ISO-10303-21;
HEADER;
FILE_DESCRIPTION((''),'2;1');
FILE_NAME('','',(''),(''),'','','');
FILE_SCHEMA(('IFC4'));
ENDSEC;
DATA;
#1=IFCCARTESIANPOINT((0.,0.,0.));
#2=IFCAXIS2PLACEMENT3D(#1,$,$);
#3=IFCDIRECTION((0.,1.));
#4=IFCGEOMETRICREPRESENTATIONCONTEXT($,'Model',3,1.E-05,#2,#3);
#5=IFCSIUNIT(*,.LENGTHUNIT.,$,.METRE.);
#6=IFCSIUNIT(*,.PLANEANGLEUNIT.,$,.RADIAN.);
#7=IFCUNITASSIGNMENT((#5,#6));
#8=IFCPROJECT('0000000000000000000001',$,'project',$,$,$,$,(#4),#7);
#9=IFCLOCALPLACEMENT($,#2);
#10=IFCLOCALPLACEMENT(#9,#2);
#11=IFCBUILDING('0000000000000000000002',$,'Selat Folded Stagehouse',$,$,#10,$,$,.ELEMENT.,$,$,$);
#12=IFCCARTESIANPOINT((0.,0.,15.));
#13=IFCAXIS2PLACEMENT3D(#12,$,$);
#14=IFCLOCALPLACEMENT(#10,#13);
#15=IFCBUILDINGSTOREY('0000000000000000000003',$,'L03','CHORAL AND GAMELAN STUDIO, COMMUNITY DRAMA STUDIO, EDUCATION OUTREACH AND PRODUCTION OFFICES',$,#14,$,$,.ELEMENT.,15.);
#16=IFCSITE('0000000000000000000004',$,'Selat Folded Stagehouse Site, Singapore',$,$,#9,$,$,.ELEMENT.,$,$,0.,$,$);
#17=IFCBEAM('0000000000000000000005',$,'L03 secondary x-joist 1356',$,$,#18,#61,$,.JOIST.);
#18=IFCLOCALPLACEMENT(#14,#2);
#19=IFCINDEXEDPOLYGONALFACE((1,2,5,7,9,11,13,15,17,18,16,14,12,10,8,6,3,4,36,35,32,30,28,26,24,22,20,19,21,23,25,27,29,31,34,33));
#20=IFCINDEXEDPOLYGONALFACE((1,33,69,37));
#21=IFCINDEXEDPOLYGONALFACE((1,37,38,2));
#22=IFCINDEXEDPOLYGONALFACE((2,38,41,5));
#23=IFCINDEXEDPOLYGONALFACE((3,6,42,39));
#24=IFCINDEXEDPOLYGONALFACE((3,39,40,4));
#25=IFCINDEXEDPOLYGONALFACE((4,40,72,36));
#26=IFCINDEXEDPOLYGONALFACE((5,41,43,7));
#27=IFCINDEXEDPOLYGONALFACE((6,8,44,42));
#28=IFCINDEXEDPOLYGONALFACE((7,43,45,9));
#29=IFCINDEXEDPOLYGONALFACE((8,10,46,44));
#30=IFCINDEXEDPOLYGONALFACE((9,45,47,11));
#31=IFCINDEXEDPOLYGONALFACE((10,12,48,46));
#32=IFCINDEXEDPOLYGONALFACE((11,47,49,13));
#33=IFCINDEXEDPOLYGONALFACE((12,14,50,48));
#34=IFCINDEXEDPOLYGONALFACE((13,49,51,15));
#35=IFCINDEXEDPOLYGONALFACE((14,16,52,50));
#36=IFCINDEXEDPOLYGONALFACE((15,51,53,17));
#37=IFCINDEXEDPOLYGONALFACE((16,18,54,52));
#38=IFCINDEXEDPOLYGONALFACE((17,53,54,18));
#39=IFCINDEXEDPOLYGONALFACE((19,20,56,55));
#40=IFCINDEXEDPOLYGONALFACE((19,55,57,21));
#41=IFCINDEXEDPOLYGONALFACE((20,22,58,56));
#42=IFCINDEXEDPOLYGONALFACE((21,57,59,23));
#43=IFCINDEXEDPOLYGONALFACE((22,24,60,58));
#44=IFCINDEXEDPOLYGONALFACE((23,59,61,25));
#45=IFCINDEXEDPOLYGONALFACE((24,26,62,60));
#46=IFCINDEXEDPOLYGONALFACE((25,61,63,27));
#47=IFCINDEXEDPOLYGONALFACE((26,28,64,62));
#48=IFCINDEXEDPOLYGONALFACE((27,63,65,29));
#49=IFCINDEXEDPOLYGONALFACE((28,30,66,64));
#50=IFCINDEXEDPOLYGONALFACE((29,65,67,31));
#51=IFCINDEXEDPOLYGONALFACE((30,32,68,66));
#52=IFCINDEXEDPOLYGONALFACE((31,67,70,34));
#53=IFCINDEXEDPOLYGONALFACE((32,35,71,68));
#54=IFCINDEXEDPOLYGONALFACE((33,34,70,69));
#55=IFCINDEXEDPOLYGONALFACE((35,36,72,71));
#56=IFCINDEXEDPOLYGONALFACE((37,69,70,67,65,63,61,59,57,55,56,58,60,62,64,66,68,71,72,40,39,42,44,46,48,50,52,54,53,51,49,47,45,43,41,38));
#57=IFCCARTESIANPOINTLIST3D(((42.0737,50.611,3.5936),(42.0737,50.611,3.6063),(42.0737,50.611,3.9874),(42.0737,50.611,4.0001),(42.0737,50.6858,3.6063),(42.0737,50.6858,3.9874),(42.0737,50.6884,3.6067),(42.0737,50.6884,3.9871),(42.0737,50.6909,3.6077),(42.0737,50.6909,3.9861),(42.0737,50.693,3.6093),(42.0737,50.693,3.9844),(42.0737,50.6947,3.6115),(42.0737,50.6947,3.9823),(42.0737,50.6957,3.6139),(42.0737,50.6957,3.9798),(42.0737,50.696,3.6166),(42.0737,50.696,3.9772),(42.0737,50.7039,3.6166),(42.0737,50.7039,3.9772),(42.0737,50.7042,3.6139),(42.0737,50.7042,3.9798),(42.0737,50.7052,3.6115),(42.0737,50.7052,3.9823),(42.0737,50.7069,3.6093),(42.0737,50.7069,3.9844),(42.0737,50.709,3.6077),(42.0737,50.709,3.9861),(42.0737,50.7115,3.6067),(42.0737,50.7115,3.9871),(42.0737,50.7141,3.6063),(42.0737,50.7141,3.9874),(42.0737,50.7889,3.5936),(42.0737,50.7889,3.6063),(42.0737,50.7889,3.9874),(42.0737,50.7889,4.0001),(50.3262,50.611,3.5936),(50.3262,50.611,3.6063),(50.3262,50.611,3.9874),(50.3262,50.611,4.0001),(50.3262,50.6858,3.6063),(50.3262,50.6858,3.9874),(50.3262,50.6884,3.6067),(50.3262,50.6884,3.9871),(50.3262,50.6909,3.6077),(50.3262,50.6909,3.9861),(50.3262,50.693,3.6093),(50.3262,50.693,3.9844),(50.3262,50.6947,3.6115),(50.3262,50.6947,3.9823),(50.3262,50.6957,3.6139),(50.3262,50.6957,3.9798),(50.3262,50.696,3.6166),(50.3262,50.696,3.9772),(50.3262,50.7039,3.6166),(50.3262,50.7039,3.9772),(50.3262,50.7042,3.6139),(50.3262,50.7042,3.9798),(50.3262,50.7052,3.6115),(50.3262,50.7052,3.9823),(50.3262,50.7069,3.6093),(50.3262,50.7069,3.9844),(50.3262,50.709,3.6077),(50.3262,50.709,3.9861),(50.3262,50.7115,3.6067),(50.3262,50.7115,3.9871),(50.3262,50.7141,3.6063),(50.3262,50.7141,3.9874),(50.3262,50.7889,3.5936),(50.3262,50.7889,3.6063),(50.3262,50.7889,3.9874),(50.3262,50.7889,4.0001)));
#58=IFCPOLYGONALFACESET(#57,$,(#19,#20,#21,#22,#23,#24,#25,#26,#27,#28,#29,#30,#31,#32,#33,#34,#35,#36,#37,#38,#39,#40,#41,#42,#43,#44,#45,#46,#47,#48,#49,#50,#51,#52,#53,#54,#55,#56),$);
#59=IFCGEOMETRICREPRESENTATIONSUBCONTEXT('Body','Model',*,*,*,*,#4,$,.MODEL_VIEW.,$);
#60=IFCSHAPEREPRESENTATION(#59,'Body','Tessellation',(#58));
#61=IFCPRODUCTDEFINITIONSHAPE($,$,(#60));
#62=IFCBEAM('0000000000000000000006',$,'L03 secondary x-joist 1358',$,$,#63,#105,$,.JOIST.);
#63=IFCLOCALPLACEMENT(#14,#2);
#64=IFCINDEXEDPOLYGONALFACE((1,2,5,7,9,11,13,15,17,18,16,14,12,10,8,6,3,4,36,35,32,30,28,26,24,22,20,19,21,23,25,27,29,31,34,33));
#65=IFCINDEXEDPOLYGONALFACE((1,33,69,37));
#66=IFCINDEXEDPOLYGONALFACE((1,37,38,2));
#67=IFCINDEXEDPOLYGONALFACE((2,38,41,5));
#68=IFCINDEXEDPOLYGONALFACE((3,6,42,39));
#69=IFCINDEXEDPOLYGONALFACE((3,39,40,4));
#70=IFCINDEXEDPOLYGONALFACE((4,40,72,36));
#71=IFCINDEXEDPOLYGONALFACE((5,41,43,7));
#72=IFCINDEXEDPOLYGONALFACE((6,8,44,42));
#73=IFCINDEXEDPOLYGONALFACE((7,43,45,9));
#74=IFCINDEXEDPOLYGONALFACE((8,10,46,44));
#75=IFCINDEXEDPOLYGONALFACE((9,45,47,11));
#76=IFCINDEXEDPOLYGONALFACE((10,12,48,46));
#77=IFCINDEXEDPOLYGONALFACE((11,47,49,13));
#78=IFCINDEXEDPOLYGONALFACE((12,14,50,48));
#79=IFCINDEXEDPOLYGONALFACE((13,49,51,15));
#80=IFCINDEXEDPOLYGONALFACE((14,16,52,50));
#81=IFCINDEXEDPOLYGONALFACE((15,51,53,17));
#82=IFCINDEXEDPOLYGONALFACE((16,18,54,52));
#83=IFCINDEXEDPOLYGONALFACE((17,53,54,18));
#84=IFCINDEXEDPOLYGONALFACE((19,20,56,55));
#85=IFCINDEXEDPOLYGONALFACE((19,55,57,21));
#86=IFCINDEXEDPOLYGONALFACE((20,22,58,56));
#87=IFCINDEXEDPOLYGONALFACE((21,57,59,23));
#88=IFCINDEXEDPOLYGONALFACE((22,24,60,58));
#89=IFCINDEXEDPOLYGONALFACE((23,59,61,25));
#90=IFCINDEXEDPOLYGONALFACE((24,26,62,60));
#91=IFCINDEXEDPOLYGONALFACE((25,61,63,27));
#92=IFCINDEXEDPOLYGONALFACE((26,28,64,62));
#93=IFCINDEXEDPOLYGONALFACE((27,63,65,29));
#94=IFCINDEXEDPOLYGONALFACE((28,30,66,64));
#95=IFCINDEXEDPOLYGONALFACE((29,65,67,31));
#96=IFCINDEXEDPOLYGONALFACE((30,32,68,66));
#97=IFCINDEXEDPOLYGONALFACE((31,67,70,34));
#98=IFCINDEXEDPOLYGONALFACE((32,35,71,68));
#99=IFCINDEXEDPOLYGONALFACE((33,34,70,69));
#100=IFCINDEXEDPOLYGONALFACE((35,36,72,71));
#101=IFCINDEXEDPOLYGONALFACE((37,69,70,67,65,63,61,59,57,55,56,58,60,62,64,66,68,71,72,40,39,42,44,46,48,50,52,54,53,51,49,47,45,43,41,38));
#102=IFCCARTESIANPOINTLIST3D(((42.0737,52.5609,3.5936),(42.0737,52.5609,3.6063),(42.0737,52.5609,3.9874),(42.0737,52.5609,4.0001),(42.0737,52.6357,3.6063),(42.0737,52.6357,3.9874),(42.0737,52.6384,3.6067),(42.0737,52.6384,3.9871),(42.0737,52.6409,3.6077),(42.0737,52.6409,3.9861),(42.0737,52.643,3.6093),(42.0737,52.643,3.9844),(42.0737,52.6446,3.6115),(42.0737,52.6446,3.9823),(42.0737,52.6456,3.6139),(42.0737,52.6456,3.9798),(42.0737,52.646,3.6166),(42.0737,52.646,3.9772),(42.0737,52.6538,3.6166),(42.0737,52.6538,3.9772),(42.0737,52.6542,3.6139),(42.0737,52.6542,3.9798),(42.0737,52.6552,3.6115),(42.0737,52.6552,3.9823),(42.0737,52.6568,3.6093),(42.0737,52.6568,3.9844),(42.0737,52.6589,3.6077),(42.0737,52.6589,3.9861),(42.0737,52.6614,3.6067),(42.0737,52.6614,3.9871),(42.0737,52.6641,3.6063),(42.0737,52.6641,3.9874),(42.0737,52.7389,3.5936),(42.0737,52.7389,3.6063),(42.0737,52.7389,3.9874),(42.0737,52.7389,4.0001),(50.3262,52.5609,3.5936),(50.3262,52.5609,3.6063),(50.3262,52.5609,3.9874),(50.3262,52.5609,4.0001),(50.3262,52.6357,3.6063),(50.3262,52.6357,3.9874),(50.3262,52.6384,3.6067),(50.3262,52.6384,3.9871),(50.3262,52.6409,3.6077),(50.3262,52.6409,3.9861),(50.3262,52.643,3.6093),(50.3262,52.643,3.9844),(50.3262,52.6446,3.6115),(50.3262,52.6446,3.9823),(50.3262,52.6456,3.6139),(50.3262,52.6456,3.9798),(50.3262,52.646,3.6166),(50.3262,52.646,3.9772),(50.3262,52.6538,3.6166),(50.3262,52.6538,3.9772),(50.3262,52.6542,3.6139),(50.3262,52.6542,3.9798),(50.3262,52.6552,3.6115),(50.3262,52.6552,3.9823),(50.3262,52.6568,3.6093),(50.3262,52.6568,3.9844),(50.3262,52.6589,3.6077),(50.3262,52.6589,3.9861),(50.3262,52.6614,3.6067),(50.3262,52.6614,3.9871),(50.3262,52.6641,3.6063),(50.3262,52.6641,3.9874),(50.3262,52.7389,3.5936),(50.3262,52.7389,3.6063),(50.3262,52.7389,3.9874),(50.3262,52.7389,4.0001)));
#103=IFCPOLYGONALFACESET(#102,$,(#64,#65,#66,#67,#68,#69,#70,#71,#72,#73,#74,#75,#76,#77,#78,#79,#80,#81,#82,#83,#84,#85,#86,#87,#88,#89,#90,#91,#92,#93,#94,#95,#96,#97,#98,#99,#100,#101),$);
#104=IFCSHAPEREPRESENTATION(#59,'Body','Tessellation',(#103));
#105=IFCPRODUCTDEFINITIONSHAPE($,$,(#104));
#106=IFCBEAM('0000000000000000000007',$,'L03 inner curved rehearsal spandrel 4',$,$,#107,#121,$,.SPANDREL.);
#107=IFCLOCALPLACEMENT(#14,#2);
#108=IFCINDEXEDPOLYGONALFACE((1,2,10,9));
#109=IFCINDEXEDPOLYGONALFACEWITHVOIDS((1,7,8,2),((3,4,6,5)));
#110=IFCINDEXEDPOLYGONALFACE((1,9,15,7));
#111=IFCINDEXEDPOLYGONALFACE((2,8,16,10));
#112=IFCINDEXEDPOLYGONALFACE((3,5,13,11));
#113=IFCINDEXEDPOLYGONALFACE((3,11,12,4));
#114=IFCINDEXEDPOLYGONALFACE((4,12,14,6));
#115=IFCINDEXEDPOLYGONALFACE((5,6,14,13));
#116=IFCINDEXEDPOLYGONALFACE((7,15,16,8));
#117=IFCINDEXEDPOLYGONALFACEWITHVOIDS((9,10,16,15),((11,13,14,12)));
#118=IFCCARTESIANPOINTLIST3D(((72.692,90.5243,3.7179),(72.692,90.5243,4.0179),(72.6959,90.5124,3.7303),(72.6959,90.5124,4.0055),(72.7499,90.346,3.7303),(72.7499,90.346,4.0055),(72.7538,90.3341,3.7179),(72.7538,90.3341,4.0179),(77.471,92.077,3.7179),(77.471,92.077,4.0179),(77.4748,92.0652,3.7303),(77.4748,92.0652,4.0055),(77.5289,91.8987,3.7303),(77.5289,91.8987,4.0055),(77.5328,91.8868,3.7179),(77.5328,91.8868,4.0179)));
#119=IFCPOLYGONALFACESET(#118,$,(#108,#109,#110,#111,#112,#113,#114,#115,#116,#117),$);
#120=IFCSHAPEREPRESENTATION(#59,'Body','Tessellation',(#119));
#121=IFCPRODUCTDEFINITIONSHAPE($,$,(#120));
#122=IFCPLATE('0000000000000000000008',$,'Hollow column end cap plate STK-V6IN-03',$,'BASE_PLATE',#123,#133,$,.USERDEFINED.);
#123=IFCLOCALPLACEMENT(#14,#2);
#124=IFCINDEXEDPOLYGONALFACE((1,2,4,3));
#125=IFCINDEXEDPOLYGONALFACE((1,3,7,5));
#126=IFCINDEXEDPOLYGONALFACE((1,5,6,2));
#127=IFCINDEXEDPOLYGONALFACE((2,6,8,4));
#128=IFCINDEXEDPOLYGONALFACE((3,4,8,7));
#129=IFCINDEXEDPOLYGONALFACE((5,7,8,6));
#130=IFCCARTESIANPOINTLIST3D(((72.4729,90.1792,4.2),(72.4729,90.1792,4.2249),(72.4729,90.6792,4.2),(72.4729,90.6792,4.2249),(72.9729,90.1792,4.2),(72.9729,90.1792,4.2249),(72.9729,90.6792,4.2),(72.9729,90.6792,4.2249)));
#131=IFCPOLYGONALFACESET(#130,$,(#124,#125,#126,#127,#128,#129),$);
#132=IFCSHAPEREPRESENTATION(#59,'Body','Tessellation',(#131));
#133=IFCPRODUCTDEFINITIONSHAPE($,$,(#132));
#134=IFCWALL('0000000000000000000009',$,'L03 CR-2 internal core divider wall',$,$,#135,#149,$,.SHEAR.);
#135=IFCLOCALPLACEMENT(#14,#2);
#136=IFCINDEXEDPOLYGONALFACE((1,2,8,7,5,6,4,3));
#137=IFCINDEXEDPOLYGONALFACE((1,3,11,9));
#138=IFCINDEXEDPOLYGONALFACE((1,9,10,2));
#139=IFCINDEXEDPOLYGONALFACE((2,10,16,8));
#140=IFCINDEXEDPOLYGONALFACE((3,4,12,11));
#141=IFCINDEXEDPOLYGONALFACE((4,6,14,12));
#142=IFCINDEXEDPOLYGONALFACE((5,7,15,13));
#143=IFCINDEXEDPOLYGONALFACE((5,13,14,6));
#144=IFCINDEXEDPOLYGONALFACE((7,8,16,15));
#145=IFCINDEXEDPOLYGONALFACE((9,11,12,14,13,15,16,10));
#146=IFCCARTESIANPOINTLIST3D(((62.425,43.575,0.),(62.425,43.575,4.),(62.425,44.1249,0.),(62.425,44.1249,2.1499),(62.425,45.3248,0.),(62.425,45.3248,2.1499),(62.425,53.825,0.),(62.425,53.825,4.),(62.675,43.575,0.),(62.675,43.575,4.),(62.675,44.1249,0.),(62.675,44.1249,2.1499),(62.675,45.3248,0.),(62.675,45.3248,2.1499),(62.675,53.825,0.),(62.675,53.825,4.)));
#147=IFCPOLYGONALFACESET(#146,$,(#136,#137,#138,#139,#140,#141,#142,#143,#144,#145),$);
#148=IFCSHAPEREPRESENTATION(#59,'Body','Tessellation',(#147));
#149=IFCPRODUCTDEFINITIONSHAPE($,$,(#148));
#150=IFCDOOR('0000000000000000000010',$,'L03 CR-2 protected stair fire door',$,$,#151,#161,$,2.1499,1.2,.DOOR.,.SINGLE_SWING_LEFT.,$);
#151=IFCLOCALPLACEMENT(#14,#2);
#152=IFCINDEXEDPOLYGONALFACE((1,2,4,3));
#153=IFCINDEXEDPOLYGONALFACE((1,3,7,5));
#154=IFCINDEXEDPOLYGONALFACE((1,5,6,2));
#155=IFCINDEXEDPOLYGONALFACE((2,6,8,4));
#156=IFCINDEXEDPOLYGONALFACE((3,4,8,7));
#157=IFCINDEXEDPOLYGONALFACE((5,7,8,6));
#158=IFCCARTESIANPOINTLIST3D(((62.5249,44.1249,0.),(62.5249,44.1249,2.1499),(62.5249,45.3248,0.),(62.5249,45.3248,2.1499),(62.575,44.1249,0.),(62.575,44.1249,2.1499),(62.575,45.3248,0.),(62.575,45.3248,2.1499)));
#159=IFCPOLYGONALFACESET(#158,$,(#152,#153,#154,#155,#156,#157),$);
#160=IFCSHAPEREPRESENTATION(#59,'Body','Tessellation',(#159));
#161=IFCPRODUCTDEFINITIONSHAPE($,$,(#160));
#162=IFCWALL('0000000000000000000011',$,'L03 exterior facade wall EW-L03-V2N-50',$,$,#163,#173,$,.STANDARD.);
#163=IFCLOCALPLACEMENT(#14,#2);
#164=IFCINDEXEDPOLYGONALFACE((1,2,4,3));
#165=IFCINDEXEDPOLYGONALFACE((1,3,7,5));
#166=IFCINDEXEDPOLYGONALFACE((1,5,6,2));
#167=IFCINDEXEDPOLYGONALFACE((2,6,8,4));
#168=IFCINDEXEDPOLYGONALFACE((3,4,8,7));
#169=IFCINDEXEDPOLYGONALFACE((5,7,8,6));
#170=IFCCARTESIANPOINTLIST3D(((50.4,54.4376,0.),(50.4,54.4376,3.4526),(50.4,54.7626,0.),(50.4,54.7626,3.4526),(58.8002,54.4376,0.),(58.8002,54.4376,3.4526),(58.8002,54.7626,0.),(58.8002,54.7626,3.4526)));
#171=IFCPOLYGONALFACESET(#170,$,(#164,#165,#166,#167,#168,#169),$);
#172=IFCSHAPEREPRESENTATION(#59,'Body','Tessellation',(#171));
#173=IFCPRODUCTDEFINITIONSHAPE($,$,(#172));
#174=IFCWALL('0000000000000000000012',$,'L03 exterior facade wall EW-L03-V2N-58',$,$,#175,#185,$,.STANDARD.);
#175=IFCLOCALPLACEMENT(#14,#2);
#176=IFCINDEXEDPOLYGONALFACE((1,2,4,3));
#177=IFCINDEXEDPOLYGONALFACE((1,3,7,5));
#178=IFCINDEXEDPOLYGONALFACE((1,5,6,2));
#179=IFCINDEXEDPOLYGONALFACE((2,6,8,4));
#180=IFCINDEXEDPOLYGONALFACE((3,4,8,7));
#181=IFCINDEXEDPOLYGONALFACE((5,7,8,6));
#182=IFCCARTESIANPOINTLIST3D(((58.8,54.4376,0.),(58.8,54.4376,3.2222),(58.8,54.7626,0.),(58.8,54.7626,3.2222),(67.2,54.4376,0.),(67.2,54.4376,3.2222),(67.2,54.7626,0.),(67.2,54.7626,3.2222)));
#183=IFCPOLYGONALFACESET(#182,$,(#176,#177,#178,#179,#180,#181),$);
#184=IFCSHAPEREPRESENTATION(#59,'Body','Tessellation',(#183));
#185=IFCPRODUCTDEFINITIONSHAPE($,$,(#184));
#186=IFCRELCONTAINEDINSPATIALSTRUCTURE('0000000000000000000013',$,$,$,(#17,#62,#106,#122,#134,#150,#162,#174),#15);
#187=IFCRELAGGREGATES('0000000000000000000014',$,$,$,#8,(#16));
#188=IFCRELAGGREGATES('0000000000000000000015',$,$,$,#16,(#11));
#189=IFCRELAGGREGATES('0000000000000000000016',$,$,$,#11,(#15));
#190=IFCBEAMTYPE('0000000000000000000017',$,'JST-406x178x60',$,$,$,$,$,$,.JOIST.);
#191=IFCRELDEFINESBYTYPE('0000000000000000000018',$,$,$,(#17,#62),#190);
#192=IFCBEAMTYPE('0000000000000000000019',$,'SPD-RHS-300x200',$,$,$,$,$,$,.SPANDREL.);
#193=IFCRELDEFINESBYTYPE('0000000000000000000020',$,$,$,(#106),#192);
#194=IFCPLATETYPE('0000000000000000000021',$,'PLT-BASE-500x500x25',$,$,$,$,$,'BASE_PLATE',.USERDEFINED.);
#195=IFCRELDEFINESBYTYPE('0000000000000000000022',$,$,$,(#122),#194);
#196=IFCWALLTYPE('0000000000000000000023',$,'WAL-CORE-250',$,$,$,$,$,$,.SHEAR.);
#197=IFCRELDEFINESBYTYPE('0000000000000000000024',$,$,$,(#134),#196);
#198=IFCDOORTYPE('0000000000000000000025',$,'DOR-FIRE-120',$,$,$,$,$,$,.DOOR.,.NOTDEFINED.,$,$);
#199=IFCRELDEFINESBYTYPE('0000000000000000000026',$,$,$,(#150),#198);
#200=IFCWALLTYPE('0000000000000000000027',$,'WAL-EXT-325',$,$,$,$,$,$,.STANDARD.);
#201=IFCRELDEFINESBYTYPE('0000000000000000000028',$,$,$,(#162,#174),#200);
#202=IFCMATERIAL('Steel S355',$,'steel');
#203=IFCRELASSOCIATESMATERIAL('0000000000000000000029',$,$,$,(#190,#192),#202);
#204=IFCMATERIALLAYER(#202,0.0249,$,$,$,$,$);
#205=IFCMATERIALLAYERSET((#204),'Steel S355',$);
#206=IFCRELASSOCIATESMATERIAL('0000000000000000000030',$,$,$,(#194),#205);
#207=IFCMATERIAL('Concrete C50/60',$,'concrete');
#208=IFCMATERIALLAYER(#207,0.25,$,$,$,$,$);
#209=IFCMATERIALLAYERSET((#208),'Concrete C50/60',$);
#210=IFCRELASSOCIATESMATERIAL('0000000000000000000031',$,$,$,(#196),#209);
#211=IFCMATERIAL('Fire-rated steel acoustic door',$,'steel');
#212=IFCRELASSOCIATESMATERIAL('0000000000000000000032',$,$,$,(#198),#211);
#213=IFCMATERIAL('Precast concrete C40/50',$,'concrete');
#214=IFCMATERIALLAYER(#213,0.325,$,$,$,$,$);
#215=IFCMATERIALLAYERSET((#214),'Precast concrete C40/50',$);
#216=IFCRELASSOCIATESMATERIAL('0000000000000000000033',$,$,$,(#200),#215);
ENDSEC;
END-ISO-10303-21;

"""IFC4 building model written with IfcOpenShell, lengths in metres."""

from ifc_helpers import new_model, si_unit, direction, frame, frame_2d, origin, origin_2d, place, context, subcontext, project, spatial, rectangle, hollow_rectangle, i_section, extrude, material, layer, layer_set, material_profile, profile_set, type_object, element, fill, save


model = new_model("IFC4")

# Units and contexts
model_context = context("Model", 3, precision=1e-05, world=origin(), true_north=direction((0.0, 1.0)))
body_context = subcontext(model_context, "Body", "Model", "MODEL_VIEW")
ifc_project = project(units=[si_unit("LENGTHUNIT", "METRE"), si_unit("PLANEANGLEUNIT", "RADIAN")], contexts=[model_context])

# Site, building, storey
site_placement = place(None, origin())
site = spatial("IfcSite", under=ifc_project, at=site_placement, Name="Selat Folded Stagehouse Site, Singapore", CompositionType="ELEMENT", RefElevation=0.0)
building_placement = place(site_placement, origin())
building = spatial("IfcBuilding", under=site, at=building_placement, Name="Selat Folded Stagehouse", CompositionType="ELEMENT")
storey_placement = place(building_placement, frame((0.0, 0.0, 15.0)))
storey = spatial("IfcBuildingStorey", under=building, at=storey_placement, Name="L03", Description="CHORAL AND GAMELAN STUDIO, COMMUNITY DRAMA STUDIO, EDUCATION OUTREACH AND PRODUCTION OFFICES", CompositionType="ELEMENT", Elevation=15.0)

# Shared definitions
ifc_material_1 = material(Name="Steel S355", Category="steel")

# Beams
ifc_material_profile_1 = material_profile(ifc_material_1, i_section(OverallWidth=0.178, OverallDepth=0.4065, WebThickness=0.0078, FlangeThickness=0.0127, FilletRadius=0.0103, at=origin_2d()), Name="UKB 406x178x60")
ifc_profile_set_1 = profile_set([ifc_material_profile_1], Name="Steel S355")
beam_type_1 = type_object("IfcBeamType", Name="JST-406x178x60", PredefinedType="JOIST", material=ifc_profile_set_1)
for number, where, z_axis, x_axis, name in (
    (1, (42.0737, 50.7, 3.7969), (1.0, 0.0, 0.0), (0.0, 1.0, 0.0), "L03 secondary x-joist 1356"),
    (2, (42.0737, 52.6499, 3.7969), (1.0, 0.0, 0.0), (0.0, 1.0, 0.0), "L03 secondary x-joist 1358"),
):
    element("IfcBeam", number, at=place(storey_placement, frame(where, z_axis=z_axis, x_axis=x_axis)), inside=storey, type_object=beam_type_1, Name=name, PredefinedType="JOIST", context=body_context, shape_type="SweptSolid", body=[
        extrude(i_section(OverallWidth=0.178, OverallDepth=0.4065, WebThickness=0.0078, FlangeThickness=0.0127, FilletRadius=0.0103, at=origin_2d()), origin(), (0.0, 0.0, 1.0), 8.2524),
    ])
ifc_material_profile_2 = material_profile(ifc_material_1, hollow_rectangle(XDim=0.2, YDim=0.3, WallThickness=0.0125, at=origin_2d()), Name="RHS 300x200x12.5")
ifc_profile_set_2 = profile_set([ifc_material_profile_2], Name="Steel S355")
beam_type_2 = type_object("IfcBeamType", Name="SPD-RHS-300x200", PredefinedType="SPANDREL", material=ifc_profile_set_2)
beam_1_placement = place(storey_placement, frame((72.7229, 90.4292, 3.8679), z_axis=(0.951061, 0.309004, 0.0), x_axis=(-0.309004, 0.951061, 0.0)))
element("IfcBeam", 3, at=beam_1_placement, inside=storey, type_object=beam_type_2, Name="L03 inner curved rehearsal spandrel 4", PredefinedType="SPANDREL", context=body_context, shape_type="SweptSolid", body=[
    extrude(hollow_rectangle(XDim=0.2, YDim=0.3, WallThickness=0.0125, at=origin_2d()), origin(), (0.0, 0.0, 1.0), 5.0249),
])

# Plate
ifc_layer_1 = layer(ifc_material_1, 0.0249)
ifc_layer_set_1 = layer_set([ifc_layer_1], Name="Steel S355")
plate_type = type_object("IfcPlateType", Name="PLT-BASE-500x500x25", ElementType="BASE_PLATE", PredefinedType="USERDEFINED", material=ifc_layer_set_1)
plate_placement = place(storey_placement, frame((72.7229, 90.4292, 4.2), z_axis=(0.0, 0.0, 1.0), x_axis=(1.0, 0.0, 0.0)))
element("IfcPlate", 4, at=plate_placement, inside=storey, type_object=plate_type, Name="Hollow column end cap plate STK-V6IN-03", ObjectType="BASE_PLATE", PredefinedType="USERDEFINED", context=body_context, shape_type="SweptSolid", body=[
    extrude(rectangle(XDim=0.5, YDim=0.5, at=origin_2d()), origin(), (0.0, 0.0, 1.0), 0.0249),
])

# Wall, opening, door
ifc_material_2 = material(Name="Concrete C50/60", Category="concrete")
ifc_layer_2 = layer(ifc_material_2, 0.25)
ifc_layer_set_2 = layer_set([ifc_layer_2], Name="Concrete C50/60")
wall_type_1 = type_object("IfcWallType", Name="WAL-CORE-250", PredefinedType="SHEAR", material=ifc_layer_set_2)
wall_1_placement = place(storey_placement, frame((62.55, 53.825, 0.0), z_axis=(0.0, 0.0, 1.0), x_axis=(0.0, -1.0, 0.0)))
wall_1 = element("IfcWall", 5, at=wall_1_placement, inside=storey, type_object=wall_type_1, Name="L03 CR-2 internal core divider wall", PredefinedType="SHEAR", context=body_context, shape_type="SweptSolid", body=[
    extrude(rectangle(XDim=10.25, YDim=0.25, at=frame_2d((5.125, 0.0))), origin(), (0.0, 0.0, 1.0), 4.0),
])
opening_1_placement = place(wall_1_placement, frame((8.5, 0.0, 0.0)))
opening_1 = element("IfcOpeningElement", 6, at=opening_1_placement, cuts=wall_1, PredefinedType="OPENING", context=body_context, shape_type="SweptSolid", body=[
    extrude(rectangle(XDim=1.2, YDim=2.1499, at=frame_2d((0.6001, 1.075))), frame((0.0, 0.135, 0.0), z_axis=(0.0, -1.0, 0.0), x_axis=(1.0, 0.0, 0.0)), (0.0, 0.0, 1.0), 0.27),
])
ifc_material_3 = material(Name="Fire-rated steel acoustic door", Category="steel")
door_type = type_object("IfcDoorType", Name="DOR-FIRE-120", OperationType="NOTDEFINED", PredefinedType="DOOR", material=ifc_material_3)
door_placement = place(opening_1_placement, origin())
door = element("IfcDoor", 7, at=door_placement, inside=storey, type_object=door_type, Name="L03 CR-2 protected stair fire door", OperationType="SINGLE_SWING_LEFT", OverallHeight=2.1499, OverallWidth=1.2, PredefinedType="DOOR", context=body_context, shape_type="SweptSolid", body=[
    extrude(rectangle(XDim=1.2, YDim=2.1499, at=frame_2d((0.6001, 1.075))), frame((0.0, 0.0249, 0.0), z_axis=(0.0, -1.0, 0.0), x_axis=(1.0, 0.0, 0.0)), (0.0, 0.0, 1.0), 0.05),
])
fill(opening_1, door)

# Walls
ifc_material_4 = material(Name="Precast concrete C40/50", Category="concrete")
ifc_layer_3 = layer(ifc_material_4, 0.325)
ifc_layer_set_3 = layer_set([ifc_layer_3], Name="Precast concrete C40/50")
wall_type_2 = type_object("IfcWallType", Name="WAL-EXT-325", PredefinedType="STANDARD", material=ifc_layer_set_3)
wall_2_placement = place(storey_placement, frame((50.3999, 54.6001, 0.0), z_axis=(0.0, 0.0, 1.0), x_axis=(1.0, 0.0, 0.0)))
element("IfcWall", 8, at=wall_2_placement, inside=storey, type_object=wall_type_2, Name="L03 exterior facade wall EW-L03-V2N-50", PredefinedType="STANDARD", context=body_context, shape_type="SweptSolid", body=[
    extrude(rectangle(XDim=8.4001, YDim=0.325, at=frame_2d((4.2002, 0.0))), origin(), (0.0, 0.0, 1.0), 3.4526),
])
wall_3_placement = place(storey_placement, frame((58.8, 54.6001, 0.0), z_axis=(0.0, 0.0, 1.0), x_axis=(1.0, 0.0, 0.0)))
element("IfcWall", 9, at=wall_3_placement, inside=storey, type_object=wall_type_2, Name="L03 exterior facade wall EW-L03-V2N-58", PredefinedType="STANDARD", context=body_context, shape_type="SweptSolid", body=[
    extrude(rectangle(XDim=8.3999, YDim=0.325, at=frame_2d((4.2, 0.0))), origin(), (0.0, 0.0, 1.0), 3.2222),
])

save(model, "model.ifc")
